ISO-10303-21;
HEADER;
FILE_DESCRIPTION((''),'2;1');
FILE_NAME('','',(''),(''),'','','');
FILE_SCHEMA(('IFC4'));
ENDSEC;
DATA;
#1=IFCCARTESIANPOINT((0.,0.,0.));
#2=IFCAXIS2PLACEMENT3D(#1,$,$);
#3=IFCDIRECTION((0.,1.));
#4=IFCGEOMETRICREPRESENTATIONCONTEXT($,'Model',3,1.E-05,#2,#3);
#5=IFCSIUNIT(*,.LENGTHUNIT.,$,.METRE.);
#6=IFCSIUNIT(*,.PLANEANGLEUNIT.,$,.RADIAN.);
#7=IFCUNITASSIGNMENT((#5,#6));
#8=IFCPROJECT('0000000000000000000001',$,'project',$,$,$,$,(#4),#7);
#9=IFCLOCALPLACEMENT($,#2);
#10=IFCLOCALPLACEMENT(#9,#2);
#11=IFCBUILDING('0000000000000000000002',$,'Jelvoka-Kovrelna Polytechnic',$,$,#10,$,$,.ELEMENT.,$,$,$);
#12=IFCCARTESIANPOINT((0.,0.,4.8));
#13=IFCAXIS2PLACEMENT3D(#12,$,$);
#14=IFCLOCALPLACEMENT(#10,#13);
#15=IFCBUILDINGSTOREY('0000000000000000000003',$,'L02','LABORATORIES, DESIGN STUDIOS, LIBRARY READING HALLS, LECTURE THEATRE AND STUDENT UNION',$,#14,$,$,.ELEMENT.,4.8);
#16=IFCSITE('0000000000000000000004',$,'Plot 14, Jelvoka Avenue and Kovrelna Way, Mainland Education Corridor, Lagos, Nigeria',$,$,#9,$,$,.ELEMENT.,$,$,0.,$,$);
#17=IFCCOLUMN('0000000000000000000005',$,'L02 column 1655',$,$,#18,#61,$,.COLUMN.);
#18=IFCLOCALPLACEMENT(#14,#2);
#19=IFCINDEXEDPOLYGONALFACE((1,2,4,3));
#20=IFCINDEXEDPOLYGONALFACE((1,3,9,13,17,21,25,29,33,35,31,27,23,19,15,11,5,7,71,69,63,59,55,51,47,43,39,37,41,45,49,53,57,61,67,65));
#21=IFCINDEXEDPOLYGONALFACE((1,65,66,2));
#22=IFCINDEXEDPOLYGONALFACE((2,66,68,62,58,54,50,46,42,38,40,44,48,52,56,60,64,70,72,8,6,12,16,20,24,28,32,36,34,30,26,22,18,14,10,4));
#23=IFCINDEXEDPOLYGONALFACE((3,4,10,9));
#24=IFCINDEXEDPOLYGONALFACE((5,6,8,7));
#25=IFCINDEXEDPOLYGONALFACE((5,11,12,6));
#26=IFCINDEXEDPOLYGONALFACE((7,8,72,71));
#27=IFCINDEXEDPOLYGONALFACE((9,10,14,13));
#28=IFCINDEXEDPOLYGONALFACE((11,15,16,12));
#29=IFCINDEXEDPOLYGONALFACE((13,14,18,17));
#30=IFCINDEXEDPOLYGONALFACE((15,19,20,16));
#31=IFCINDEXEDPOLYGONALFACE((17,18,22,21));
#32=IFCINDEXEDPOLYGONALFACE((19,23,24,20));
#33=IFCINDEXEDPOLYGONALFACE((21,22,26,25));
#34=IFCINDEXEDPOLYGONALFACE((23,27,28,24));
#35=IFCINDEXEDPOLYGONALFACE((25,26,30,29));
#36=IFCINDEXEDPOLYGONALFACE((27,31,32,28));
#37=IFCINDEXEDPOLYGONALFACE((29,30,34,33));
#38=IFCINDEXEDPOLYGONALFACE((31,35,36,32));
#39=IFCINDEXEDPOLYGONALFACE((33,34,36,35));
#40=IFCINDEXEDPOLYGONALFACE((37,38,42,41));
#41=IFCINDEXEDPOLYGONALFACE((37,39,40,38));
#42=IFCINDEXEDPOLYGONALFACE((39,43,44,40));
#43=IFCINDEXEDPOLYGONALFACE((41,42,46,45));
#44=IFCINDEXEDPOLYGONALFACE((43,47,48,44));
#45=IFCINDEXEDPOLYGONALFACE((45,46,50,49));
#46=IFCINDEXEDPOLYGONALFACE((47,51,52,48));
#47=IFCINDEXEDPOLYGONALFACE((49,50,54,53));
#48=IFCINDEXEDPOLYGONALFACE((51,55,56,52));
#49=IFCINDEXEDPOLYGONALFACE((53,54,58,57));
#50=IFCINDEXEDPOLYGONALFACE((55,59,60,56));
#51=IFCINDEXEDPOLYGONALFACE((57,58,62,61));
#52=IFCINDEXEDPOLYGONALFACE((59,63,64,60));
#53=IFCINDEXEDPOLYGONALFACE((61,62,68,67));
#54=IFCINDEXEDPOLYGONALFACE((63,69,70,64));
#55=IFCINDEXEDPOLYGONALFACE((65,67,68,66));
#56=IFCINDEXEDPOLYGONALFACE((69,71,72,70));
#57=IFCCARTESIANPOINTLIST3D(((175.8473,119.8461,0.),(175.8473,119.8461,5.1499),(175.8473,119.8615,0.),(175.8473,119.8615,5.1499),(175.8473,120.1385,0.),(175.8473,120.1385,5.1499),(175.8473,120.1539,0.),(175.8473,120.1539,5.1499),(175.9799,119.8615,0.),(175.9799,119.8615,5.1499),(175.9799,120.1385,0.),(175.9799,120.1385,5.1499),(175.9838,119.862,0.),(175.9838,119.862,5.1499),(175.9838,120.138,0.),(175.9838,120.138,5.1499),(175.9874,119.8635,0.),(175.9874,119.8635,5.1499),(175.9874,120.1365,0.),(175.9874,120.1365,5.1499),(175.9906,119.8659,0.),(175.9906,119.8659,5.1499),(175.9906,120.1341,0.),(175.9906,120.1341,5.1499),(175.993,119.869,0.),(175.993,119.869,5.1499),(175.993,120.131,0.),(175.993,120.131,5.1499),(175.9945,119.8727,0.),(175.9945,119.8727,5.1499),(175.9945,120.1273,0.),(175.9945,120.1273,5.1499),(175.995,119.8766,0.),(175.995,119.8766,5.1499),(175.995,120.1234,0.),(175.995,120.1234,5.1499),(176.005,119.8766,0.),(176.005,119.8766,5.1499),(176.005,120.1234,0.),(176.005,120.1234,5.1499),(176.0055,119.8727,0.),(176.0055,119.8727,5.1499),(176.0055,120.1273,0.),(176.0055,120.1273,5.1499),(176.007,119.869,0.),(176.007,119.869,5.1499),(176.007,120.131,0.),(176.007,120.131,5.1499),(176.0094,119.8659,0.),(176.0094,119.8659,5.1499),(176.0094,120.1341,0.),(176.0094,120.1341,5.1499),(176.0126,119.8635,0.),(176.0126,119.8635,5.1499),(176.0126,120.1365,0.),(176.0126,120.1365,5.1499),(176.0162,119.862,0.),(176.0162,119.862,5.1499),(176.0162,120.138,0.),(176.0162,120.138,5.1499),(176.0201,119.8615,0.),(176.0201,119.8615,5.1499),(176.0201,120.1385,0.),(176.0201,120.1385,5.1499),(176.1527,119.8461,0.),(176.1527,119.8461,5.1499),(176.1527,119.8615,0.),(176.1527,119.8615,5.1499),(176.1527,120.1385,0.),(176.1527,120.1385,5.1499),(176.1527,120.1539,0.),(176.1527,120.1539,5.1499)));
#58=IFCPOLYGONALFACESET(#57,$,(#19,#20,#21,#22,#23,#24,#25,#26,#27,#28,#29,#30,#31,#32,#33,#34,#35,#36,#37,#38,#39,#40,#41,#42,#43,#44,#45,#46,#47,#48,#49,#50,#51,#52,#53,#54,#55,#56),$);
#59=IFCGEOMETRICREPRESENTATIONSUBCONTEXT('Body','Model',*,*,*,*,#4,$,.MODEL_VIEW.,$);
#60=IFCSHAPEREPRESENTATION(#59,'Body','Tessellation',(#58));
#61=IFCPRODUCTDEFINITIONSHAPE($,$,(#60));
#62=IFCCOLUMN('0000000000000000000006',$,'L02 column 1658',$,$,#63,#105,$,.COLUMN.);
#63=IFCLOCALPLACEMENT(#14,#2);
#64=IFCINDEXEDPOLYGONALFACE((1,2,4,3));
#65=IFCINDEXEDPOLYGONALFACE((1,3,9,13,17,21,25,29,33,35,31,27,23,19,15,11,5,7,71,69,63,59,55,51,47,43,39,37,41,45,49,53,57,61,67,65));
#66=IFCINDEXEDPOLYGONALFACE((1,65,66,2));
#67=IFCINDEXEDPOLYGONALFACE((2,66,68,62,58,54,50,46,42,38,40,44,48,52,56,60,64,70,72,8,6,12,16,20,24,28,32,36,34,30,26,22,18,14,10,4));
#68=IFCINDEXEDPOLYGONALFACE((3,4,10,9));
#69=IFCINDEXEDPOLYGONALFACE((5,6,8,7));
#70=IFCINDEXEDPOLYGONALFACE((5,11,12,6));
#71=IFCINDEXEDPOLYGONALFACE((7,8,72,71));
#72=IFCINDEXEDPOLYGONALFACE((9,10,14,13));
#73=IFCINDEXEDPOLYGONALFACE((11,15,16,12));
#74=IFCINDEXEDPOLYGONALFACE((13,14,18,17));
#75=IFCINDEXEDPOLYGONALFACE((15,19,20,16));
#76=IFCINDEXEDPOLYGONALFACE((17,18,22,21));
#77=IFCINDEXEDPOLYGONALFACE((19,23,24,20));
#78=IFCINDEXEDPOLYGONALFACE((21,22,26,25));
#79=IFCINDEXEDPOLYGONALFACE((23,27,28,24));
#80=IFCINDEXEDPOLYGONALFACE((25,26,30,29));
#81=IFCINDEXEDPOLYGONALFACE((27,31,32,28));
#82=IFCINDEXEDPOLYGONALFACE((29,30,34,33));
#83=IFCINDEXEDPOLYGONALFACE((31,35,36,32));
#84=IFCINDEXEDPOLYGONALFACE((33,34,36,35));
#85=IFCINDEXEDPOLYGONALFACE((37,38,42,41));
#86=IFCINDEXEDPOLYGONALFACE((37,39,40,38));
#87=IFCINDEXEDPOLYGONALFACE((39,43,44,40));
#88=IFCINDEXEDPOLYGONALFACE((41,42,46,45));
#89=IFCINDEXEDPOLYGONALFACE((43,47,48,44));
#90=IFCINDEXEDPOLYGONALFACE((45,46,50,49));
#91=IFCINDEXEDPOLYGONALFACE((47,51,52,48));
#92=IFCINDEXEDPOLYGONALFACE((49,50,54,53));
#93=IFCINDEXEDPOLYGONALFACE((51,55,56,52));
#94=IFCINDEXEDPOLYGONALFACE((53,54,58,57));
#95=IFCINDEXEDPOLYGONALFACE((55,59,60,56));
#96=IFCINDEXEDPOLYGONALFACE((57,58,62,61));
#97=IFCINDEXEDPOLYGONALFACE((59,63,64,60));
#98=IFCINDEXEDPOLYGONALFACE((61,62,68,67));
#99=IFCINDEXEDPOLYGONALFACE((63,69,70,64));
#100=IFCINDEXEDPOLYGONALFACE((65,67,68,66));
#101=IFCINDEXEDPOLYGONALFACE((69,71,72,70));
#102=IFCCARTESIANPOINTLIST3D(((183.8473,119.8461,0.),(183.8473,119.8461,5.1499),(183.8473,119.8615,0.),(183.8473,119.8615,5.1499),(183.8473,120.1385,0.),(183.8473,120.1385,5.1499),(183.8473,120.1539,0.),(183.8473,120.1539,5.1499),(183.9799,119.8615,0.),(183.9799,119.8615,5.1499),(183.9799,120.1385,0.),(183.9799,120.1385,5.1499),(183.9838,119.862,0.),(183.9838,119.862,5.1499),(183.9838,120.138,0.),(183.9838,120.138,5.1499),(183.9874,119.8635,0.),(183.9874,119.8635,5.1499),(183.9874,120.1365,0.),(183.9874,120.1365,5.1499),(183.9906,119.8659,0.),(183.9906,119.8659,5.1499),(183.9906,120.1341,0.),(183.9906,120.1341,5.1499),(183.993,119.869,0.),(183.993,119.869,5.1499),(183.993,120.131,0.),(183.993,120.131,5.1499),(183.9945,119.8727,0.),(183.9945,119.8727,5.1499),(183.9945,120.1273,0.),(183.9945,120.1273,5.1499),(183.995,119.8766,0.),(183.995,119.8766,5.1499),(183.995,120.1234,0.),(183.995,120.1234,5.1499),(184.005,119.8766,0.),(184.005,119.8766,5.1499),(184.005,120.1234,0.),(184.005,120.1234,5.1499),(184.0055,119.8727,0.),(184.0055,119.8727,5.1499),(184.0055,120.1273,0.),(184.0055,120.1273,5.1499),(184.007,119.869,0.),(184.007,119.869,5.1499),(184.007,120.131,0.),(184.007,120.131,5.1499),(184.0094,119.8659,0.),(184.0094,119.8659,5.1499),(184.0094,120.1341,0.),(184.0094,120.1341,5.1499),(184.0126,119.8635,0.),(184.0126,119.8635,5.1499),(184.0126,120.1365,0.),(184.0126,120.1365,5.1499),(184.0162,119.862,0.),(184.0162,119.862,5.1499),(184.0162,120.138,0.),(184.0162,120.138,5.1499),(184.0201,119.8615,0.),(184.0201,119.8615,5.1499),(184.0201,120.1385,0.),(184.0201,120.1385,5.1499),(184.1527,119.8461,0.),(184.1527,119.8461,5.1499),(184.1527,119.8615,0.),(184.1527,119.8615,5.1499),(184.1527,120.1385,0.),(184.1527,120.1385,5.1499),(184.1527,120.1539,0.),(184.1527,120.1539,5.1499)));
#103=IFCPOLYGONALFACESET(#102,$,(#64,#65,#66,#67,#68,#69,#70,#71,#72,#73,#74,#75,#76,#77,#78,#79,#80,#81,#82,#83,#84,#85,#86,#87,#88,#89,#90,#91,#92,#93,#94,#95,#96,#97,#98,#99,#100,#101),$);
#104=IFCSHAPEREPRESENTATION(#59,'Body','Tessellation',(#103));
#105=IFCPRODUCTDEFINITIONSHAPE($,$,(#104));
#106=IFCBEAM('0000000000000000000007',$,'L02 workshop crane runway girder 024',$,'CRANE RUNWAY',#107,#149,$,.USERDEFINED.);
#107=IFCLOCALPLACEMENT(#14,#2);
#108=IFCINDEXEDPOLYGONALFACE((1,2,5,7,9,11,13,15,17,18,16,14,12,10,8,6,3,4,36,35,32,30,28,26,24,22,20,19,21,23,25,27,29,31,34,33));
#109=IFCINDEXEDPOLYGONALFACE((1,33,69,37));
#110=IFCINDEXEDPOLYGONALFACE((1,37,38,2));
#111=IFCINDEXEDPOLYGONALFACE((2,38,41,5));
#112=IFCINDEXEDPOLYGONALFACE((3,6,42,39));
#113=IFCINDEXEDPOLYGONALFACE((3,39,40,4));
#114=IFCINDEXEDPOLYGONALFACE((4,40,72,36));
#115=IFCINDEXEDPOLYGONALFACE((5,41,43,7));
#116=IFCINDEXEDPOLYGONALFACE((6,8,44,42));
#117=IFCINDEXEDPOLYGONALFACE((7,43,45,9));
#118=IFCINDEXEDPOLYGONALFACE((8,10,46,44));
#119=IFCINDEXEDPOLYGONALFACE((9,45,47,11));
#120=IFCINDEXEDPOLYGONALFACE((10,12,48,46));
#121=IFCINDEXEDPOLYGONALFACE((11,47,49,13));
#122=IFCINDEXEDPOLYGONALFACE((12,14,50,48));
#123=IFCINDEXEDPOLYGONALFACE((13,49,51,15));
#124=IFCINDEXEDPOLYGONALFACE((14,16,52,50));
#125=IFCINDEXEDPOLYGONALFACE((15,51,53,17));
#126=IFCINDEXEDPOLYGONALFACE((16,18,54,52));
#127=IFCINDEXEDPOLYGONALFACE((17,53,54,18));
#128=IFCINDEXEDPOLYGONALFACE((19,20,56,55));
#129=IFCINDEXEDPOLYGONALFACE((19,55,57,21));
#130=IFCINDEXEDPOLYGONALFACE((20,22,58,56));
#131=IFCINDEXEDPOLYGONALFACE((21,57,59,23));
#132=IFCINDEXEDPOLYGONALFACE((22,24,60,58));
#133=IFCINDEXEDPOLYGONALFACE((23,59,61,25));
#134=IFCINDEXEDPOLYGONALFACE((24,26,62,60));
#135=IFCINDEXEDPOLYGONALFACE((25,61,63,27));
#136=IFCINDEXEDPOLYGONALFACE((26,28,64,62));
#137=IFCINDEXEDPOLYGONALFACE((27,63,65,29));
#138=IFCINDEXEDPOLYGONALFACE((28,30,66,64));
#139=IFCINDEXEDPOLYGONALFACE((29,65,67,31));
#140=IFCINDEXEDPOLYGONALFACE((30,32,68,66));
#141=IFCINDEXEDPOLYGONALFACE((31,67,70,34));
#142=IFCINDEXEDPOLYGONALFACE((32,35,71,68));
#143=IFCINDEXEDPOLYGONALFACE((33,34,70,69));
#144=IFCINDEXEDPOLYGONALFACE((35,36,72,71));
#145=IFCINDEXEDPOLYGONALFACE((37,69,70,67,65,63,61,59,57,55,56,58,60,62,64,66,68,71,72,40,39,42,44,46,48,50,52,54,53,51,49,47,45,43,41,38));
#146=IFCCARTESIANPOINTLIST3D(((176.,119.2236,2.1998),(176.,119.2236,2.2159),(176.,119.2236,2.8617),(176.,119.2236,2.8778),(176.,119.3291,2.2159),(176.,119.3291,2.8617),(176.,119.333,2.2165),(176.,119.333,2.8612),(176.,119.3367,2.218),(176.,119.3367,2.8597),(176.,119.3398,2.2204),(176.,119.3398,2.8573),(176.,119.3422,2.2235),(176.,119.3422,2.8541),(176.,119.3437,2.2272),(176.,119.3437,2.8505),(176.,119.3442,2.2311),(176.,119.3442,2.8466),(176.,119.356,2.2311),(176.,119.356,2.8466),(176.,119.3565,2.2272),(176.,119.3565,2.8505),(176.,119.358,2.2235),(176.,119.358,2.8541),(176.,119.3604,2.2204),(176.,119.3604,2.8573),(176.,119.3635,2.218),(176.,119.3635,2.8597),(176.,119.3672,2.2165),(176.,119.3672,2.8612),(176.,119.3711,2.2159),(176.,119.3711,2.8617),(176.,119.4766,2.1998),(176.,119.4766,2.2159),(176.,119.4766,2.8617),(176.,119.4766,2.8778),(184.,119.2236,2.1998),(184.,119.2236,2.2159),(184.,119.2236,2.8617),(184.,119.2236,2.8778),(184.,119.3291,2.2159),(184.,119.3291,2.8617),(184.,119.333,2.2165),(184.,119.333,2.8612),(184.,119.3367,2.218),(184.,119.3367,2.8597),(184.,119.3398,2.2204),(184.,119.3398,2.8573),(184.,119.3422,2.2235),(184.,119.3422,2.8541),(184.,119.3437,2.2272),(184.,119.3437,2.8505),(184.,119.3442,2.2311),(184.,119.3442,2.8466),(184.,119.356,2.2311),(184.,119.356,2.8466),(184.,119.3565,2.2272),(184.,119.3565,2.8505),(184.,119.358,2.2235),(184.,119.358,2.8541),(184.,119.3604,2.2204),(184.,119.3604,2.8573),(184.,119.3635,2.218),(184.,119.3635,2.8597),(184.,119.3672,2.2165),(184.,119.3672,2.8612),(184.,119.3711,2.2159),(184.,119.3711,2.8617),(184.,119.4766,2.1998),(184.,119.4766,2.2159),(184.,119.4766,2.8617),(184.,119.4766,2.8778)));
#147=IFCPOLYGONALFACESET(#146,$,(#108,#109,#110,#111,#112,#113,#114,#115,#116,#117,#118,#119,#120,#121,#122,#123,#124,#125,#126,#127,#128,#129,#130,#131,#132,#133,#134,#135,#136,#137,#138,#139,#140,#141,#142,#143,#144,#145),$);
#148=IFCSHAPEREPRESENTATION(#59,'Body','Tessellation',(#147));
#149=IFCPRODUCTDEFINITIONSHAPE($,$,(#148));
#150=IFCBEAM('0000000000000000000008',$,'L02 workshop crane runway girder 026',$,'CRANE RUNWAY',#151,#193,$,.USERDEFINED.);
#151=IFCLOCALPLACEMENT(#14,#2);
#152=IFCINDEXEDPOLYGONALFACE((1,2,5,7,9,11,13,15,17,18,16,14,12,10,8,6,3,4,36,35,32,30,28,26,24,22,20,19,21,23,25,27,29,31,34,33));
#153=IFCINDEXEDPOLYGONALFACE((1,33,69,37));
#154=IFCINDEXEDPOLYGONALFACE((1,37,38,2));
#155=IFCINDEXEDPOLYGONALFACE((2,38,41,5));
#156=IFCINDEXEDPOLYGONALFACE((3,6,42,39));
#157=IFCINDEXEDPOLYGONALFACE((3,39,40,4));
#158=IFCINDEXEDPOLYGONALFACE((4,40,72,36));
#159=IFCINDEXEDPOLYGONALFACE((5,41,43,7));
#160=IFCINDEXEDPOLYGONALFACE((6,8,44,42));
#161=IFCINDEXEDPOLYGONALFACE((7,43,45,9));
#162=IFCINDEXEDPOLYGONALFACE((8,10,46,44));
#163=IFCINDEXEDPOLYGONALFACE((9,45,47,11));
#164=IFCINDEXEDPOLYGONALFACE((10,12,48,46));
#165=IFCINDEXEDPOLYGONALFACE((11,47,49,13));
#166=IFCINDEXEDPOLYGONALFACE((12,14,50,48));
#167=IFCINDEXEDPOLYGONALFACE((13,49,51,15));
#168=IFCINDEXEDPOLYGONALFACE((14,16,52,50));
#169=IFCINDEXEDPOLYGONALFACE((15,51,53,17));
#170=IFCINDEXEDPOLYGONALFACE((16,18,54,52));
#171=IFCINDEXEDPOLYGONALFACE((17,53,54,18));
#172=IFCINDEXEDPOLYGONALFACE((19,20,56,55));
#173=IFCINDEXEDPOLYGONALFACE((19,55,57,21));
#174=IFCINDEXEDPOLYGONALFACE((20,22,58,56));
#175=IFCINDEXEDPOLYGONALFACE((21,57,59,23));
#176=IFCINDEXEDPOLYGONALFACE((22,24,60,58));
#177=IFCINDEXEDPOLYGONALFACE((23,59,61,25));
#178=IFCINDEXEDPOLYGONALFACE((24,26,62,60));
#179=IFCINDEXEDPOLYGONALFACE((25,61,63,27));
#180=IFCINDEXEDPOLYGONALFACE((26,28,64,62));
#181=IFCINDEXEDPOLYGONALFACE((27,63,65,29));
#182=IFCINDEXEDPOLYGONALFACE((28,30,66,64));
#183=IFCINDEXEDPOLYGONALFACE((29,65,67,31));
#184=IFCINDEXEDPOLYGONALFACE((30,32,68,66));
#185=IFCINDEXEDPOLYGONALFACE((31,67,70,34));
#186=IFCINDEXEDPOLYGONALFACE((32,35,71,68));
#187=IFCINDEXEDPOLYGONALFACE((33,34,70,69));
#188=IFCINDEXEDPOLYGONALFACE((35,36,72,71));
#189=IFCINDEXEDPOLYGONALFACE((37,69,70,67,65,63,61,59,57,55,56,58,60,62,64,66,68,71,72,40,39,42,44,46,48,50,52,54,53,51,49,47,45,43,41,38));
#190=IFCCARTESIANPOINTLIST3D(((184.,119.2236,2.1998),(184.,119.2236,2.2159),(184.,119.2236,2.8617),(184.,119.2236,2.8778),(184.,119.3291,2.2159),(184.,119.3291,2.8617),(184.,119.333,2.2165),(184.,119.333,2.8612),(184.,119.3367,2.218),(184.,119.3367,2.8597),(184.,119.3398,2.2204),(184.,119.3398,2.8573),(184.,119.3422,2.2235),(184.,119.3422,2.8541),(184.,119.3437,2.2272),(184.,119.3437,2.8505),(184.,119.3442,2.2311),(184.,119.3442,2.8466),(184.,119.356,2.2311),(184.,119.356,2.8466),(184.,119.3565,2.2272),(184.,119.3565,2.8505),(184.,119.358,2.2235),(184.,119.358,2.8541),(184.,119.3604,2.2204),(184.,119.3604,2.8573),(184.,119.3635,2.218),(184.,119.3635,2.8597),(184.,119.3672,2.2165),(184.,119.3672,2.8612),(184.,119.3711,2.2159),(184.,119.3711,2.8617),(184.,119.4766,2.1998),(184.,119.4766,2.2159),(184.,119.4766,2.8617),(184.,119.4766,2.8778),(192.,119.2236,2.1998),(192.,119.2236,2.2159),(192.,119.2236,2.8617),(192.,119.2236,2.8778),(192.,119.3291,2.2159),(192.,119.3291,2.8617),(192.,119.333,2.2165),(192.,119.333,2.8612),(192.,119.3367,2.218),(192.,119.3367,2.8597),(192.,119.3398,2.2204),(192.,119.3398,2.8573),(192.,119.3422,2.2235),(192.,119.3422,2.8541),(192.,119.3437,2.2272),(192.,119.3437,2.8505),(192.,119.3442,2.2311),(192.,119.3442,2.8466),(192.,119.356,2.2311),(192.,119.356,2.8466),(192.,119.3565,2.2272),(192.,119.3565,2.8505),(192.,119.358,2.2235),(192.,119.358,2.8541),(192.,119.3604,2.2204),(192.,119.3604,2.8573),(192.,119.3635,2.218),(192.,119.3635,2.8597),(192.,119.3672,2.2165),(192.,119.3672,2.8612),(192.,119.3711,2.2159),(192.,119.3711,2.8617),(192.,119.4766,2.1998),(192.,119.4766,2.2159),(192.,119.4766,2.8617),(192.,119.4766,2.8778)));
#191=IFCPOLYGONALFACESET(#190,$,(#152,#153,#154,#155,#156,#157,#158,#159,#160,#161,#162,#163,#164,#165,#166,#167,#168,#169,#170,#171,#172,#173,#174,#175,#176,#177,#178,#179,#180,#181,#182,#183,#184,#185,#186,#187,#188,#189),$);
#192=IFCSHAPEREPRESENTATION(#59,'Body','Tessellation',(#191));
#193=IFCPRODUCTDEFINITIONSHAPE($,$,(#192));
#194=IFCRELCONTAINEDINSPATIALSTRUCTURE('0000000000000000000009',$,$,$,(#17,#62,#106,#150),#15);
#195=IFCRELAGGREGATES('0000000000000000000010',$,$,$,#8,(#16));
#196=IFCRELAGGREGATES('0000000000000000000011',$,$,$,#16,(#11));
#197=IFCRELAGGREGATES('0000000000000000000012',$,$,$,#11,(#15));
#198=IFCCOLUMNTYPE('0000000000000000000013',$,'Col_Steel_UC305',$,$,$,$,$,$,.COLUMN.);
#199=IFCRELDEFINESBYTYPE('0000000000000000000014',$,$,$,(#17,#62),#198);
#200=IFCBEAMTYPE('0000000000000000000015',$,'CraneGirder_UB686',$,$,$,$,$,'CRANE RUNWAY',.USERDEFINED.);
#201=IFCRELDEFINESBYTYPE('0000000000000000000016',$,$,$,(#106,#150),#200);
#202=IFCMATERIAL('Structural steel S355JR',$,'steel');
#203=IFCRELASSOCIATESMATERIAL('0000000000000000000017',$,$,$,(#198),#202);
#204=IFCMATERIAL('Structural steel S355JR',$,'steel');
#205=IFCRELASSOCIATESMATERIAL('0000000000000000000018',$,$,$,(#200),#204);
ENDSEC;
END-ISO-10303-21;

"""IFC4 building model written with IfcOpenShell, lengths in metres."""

from ifc_helpers import new_model, si_unit, direction, frame, origin, origin_2d, place, context, subcontext, project, spatial, i_section, extrude, material, material_profile, profile_set, type_object, element, save


model = new_model("IFC4")

# Units and contexts
model_context = context("Model", 3, precision=1e-05, world=origin(), true_north=direction((0.0, 1.0)))
body_context = subcontext(model_context, "Body", "Model", "MODEL_VIEW")
ifc_project = project(units=[si_unit("LENGTHUNIT", "METRE"), si_unit("PLANEANGLEUNIT", "RADIAN")], contexts=[model_context])

# Site, building, storey
site_placement = place(None, origin())
site = spatial("IfcSite", under=ifc_project, at=site_placement, Name="Plot 14, Jelvoka Avenue and Kovrelna Way, Mainland Education Corridor, Lagos, Nigeria", CompositionType="ELEMENT", RefElevation=0.0)
building_placement = place(site_placement, origin())
building = spatial("IfcBuilding", under=site, at=building_placement, Name="Jelvoka-Kovrelna Polytechnic", CompositionType="ELEMENT")
storey_placement = place(building_placement, frame((0.0, 0.0, 4.8)))
storey = spatial("IfcBuildingStorey", under=building, at=storey_placement, Name="L02", Description="LABORATORIES, DESIGN STUDIOS, LIBRARY READING HALLS, LECTURE THEATRE AND STUDENT UNION", CompositionType="ELEMENT", Elevation=4.8)

# Columns
ifc_material_1 = material(Name="Structural steel S355JR", Category="steel")
ifc_material_profile_1 = material_profile(ifc_material_1, i_section(OverallWidth=0.3054, OverallDepth=0.3079, WebThickness=0.01, FlangeThickness=0.0154, FilletRadius=0.0151, at=origin_2d()), Name="305x305x97 UC")
ifc_profile_set_1 = profile_set([ifc_material_profile_1], Name="Structural steel S355JR")
column_type = type_object("IfcColumnType", Name="Col_Steel_UC305", PredefinedType="COLUMN", material=ifc_profile_set_1)
for number, where, z_axis, x_axis, name in (
    (1, (176.0, 120.0, 0.0), (0.0, 0.0, 1.0), (1.0, 0.0, 0.0), "L02 column 1655"),
    (2, (184.0, 120.0, 0.0), (0.0, 0.0, 1.0), (1.0, 0.0, 0.0), "L02 column 1658"),
):
    element("IfcColumn", number, at=place(storey_placement, frame(where, z_axis=z_axis, x_axis=x_axis)), inside=storey, type_object=column_type, Name=name, PredefinedType="COLUMN", context=body_context, shape_type="SweptSolid", body=[
        extrude(i_section(OverallWidth=0.3054, OverallDepth=0.3079, WebThickness=0.01, FlangeThickness=0.0154, FilletRadius=0.0151, at=origin_2d()), origin(), (0.0, 0.0, 1.0), 5.1499),
    ])

# Beams
ifc_material_2 = material(Name="Structural steel S355JR", Category="steel")
ifc_material_profile_2 = material_profile(ifc_material_2, i_section(OverallWidth=0.2529, OverallDepth=0.678, WebThickness=0.0117, FlangeThickness=0.0161, FilletRadius=0.0151, at=origin_2d()), Name="686x254x125 UB")
ifc_profile_set_2 = profile_set([ifc_material_profile_2], Name="Structural steel S355JR")
beam_type_1 = type_object("IfcBeamType", Name="CraneGirder_UB686", ElementType="CRANE RUNWAY", PredefinedType="USERDEFINED", material=ifc_profile_set_2)
for number, where, z_axis, x_axis, name in (
    (3, (176.0, 119.3501, 2.5388), (1.0, 0.0, 0.0), (0.0, 1.0, 0.0), "L02 workshop crane runway girder 024"),
    (4, (184.0, 119.3501, 2.5388), (1.0, 0.0, 0.0), (0.0, 1.0, 0.0), "L02 workshop crane runway girder 026"),
):
    element("IfcBeam", number, at=place(storey_placement, frame(where, z_axis=z_axis, x_axis=x_axis)), inside=storey, type_object=beam_type_1, Name=name, ObjectType="CRANE RUNWAY", PredefinedType="USERDEFINED", context=body_context, shape_type="SweptSolid", body=[
        extrude(i_section(OverallWidth=0.2529, OverallDepth=0.678, WebThickness=0.0117, FlangeThickness=0.0161, FilletRadius=0.0151, at=origin_2d()), origin(), (0.0, 0.0, 1.0), 8.0),
    ])

save(model, "model.ifc")
